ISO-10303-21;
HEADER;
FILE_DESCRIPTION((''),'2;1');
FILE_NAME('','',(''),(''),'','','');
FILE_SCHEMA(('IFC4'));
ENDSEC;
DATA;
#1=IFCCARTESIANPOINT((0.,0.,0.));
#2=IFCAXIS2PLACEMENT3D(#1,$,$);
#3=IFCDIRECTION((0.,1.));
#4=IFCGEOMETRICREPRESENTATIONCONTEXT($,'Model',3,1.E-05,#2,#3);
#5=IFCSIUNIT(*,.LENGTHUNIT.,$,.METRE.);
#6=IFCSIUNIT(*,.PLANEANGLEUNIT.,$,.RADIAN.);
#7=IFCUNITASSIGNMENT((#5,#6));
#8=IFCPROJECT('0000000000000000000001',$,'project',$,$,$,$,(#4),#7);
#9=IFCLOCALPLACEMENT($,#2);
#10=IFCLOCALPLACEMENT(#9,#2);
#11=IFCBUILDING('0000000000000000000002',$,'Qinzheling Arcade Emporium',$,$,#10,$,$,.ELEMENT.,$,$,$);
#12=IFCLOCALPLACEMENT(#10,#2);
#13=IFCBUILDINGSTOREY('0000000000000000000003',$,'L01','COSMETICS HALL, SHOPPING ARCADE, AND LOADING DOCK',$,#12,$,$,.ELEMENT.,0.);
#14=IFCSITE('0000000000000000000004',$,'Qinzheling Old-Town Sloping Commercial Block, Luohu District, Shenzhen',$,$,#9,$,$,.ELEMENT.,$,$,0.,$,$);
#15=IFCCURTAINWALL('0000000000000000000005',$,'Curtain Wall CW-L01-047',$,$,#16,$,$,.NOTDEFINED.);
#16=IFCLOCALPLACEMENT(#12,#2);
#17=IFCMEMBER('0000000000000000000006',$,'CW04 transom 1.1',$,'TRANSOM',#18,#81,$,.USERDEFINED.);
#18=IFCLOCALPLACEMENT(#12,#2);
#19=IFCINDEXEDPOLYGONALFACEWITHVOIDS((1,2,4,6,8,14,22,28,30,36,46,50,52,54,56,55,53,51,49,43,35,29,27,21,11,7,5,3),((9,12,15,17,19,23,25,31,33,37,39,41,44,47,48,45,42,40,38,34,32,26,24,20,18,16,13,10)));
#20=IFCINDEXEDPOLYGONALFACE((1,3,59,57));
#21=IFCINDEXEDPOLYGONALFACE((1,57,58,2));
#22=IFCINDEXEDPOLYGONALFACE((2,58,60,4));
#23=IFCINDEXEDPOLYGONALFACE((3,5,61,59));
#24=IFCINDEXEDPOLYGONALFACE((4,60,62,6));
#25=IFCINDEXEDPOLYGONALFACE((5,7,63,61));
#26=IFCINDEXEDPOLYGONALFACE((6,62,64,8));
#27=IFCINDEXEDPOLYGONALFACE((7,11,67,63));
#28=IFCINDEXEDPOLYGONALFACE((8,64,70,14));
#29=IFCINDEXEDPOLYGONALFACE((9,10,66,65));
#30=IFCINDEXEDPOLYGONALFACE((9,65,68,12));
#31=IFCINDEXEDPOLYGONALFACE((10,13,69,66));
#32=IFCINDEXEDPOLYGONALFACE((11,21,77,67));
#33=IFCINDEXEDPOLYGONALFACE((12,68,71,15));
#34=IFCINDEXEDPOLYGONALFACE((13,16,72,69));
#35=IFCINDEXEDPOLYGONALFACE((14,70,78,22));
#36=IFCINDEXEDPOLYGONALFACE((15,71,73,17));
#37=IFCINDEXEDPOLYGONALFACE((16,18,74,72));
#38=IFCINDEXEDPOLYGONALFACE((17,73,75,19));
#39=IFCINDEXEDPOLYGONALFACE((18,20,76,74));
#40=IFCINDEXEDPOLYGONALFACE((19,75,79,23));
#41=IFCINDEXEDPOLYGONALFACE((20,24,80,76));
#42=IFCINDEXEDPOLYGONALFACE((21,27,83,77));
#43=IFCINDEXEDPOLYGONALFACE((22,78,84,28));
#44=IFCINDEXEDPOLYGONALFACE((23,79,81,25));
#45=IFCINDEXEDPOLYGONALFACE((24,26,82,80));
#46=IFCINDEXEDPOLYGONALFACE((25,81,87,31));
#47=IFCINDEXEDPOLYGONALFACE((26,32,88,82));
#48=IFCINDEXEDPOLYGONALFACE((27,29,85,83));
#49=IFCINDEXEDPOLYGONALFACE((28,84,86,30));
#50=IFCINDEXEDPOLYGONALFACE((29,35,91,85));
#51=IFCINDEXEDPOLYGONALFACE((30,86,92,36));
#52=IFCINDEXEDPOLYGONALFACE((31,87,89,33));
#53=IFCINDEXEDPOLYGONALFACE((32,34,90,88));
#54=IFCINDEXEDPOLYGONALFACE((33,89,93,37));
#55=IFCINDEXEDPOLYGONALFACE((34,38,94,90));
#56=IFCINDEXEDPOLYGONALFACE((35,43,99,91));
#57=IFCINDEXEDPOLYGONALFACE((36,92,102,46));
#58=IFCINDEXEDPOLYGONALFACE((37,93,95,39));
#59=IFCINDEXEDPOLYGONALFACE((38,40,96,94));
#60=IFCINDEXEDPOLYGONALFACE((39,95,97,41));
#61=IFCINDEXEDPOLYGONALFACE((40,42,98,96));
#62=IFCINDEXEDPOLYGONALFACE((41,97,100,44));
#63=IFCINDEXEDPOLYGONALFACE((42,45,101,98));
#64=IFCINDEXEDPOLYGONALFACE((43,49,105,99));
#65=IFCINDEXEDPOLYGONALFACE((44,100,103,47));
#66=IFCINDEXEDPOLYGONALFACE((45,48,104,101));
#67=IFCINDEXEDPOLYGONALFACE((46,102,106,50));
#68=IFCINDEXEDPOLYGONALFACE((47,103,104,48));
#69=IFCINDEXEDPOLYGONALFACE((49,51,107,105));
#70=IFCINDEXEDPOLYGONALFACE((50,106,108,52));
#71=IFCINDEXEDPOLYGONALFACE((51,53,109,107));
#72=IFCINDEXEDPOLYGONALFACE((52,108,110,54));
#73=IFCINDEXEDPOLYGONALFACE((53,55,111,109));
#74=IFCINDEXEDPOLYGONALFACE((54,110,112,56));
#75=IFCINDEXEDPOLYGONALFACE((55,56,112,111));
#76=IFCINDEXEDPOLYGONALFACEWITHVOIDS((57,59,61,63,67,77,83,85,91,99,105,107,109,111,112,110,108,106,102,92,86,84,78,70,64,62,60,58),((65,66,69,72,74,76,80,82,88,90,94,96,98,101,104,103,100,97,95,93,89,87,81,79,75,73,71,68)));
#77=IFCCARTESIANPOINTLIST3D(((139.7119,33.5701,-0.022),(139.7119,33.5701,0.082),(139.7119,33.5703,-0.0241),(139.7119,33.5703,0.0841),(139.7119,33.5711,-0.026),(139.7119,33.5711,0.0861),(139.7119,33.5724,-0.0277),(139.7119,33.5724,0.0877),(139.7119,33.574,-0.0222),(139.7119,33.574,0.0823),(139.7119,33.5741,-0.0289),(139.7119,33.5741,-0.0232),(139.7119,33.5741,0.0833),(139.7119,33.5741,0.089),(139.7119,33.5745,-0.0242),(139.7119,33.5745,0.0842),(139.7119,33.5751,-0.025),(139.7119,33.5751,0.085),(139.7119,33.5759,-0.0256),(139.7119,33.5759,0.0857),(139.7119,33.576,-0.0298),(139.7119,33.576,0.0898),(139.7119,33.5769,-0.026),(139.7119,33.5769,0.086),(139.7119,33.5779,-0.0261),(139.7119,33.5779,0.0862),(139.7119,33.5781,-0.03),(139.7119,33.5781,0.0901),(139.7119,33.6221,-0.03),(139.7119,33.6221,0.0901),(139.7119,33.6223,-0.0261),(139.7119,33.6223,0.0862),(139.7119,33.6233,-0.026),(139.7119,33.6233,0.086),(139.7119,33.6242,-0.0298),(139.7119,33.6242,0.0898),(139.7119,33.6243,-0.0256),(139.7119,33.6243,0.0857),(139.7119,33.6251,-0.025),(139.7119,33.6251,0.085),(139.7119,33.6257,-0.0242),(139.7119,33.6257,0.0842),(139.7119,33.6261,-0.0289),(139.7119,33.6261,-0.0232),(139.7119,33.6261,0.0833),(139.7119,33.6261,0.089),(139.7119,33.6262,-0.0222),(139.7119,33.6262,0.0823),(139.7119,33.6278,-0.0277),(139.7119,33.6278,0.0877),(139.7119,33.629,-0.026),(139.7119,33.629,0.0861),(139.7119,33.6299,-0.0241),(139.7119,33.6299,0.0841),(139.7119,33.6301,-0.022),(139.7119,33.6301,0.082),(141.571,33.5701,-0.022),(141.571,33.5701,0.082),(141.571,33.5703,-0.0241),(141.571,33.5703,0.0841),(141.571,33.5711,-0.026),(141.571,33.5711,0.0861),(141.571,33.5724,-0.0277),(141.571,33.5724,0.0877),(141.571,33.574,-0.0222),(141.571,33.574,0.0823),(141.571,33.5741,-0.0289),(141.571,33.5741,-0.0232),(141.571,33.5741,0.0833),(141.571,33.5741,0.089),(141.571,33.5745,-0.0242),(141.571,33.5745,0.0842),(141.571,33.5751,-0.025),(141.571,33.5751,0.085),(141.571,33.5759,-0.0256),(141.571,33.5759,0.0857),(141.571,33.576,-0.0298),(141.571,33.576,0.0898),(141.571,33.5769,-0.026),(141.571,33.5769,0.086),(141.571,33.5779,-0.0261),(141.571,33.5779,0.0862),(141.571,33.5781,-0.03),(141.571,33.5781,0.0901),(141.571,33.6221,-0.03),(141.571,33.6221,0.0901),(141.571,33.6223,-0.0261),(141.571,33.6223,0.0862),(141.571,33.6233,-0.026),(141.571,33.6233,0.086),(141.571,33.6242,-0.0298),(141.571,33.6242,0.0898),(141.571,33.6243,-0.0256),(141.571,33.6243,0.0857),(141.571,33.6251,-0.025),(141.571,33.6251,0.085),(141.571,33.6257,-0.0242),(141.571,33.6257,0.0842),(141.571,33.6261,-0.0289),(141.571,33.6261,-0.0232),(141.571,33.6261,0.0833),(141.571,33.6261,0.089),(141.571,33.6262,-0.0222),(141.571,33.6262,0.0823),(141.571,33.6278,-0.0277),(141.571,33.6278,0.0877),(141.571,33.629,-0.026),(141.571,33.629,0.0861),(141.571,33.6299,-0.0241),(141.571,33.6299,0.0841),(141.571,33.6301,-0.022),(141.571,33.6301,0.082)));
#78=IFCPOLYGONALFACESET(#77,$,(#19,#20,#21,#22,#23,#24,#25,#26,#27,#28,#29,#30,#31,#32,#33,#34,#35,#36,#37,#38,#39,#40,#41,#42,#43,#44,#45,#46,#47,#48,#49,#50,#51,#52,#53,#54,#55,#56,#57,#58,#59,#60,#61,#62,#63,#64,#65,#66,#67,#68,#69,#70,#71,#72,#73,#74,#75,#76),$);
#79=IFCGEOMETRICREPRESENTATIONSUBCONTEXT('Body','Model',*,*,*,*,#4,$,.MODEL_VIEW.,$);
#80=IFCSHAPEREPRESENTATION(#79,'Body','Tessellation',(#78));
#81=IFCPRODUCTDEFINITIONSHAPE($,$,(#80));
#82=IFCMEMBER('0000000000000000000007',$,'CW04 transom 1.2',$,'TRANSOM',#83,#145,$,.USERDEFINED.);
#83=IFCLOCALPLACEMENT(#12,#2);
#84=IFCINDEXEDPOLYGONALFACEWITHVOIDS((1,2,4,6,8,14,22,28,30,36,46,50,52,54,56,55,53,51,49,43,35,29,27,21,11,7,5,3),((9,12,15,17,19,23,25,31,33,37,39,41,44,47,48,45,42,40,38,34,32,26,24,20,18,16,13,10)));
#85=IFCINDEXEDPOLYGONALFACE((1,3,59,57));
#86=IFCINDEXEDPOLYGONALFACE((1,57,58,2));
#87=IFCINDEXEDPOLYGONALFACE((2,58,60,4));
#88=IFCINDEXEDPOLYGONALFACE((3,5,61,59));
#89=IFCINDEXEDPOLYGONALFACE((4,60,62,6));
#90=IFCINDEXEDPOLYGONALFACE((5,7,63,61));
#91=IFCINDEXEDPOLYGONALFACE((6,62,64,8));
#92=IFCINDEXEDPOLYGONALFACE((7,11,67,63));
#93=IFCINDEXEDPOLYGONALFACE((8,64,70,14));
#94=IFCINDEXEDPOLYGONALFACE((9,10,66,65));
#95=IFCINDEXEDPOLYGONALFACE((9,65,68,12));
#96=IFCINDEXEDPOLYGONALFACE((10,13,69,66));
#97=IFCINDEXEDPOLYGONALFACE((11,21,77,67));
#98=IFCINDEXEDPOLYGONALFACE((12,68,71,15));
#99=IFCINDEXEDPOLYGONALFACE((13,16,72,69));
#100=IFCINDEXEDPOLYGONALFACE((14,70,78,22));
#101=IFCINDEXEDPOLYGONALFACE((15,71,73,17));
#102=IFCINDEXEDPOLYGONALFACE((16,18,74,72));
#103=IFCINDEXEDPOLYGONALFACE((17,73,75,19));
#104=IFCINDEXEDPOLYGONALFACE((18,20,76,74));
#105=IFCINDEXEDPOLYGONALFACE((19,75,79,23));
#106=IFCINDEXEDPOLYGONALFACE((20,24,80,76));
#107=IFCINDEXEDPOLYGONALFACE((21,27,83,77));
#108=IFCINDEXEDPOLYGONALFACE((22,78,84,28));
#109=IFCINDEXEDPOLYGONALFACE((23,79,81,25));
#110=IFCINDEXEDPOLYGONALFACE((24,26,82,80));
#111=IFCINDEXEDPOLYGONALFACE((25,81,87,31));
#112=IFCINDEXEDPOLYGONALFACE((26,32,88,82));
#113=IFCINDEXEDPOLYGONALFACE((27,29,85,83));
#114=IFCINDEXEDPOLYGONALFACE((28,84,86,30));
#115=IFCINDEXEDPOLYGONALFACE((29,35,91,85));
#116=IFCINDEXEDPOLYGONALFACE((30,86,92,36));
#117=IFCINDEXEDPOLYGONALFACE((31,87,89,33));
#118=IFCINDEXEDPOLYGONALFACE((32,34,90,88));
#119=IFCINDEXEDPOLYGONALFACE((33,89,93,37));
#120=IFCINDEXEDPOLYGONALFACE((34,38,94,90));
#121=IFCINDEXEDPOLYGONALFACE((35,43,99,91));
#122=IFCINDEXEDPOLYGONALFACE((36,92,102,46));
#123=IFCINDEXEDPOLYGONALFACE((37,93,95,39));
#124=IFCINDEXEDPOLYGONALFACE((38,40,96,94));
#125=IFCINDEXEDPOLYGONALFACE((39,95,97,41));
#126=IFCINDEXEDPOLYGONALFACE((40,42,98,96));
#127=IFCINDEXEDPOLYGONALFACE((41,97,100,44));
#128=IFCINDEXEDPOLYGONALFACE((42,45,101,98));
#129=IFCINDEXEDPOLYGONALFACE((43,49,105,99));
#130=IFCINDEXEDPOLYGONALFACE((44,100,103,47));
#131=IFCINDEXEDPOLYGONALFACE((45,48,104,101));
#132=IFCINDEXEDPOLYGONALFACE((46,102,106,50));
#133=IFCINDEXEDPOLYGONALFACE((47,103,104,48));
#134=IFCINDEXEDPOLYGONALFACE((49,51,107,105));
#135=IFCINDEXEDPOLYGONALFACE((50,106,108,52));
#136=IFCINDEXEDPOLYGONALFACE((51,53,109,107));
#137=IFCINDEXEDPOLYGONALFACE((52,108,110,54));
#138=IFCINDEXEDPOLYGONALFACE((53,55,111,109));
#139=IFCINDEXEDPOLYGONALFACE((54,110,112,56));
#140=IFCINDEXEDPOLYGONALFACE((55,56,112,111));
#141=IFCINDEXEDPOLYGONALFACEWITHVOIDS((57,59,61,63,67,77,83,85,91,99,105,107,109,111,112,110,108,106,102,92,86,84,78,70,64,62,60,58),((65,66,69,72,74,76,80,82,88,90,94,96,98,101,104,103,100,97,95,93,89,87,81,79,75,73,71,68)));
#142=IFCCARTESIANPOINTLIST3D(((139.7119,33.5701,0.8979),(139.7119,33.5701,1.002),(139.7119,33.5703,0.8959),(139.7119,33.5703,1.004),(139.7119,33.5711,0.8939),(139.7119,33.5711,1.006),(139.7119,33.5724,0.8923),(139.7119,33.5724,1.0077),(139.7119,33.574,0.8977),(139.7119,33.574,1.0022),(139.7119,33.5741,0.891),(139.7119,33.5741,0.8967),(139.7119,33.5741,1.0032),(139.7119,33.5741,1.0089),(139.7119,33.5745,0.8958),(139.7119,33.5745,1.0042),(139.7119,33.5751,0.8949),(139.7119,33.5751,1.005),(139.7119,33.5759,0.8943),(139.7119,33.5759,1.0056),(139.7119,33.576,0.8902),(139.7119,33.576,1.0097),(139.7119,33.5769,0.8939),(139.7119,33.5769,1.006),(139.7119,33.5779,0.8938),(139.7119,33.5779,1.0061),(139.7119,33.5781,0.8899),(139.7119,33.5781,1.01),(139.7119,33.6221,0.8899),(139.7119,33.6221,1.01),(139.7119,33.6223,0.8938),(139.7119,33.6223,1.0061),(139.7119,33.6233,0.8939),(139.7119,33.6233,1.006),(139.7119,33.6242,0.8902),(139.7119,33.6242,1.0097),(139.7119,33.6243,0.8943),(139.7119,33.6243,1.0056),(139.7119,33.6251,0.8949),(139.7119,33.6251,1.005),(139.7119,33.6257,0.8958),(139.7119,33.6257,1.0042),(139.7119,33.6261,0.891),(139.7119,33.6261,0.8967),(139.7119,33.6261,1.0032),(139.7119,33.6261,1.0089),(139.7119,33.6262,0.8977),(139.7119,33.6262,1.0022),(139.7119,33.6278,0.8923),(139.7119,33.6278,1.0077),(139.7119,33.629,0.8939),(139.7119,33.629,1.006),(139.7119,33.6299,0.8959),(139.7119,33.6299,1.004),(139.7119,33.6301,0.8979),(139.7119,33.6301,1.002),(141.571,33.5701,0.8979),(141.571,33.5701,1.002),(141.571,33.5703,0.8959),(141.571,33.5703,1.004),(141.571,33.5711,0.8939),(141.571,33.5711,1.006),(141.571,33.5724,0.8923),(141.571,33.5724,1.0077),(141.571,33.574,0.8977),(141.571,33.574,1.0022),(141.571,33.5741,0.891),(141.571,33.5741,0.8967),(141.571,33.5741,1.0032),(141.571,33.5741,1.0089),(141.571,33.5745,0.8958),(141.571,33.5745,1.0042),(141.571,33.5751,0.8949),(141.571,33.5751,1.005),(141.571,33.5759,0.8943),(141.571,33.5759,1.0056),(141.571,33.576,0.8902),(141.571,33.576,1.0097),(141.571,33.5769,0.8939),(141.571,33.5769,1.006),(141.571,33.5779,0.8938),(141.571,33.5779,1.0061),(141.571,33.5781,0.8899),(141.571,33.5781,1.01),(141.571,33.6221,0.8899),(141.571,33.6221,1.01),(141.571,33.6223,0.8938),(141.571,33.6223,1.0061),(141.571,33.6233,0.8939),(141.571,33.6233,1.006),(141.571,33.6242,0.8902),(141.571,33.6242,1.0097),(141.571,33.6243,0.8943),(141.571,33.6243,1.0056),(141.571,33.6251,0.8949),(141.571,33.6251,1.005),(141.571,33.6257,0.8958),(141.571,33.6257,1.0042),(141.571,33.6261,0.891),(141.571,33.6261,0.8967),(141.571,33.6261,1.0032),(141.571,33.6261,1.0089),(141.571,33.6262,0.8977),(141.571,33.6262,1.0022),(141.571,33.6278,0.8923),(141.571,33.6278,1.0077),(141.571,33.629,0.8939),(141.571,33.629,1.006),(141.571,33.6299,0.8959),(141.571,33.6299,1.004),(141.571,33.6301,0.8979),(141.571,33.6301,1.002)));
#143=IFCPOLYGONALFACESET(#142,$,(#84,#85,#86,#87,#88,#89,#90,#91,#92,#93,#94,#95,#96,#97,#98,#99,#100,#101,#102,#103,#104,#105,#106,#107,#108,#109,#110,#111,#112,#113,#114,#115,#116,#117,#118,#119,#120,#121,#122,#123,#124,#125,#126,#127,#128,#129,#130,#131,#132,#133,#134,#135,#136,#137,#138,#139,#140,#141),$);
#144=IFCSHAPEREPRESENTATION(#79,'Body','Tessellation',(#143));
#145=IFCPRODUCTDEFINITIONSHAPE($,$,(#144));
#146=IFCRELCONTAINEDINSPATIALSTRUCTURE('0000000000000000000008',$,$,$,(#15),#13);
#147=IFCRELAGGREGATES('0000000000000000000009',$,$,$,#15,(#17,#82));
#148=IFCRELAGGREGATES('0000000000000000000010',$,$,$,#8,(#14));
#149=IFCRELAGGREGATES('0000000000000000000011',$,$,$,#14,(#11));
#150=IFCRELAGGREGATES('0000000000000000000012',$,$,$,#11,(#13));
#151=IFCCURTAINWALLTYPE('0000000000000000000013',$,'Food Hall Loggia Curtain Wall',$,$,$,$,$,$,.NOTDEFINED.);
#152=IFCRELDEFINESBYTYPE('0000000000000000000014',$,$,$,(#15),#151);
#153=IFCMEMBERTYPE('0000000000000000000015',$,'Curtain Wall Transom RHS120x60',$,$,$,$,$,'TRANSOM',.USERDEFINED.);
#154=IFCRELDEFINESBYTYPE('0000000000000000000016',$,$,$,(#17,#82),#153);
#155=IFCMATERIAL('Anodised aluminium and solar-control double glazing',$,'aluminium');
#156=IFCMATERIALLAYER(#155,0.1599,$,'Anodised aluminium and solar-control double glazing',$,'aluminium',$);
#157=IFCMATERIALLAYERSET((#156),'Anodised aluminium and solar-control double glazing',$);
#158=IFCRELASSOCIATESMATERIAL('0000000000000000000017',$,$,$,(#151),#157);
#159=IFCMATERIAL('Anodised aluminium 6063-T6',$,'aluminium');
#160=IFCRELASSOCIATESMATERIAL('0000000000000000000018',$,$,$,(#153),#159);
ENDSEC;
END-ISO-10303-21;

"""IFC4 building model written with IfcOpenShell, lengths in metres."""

from ifc_helpers import new_model, si_unit, direction, frame, origin, origin_2d, place, context, subcontext, project, spatial, hollow_rectangle, extrude, material, layer, layer_set, material_profile, profile_set, type_object, element, aggregate, save


model = new_model("IFC4")

# Units and contexts
model_context = context("Model", 3, precision=1e-05, world=origin(), true_north=direction((0.0, 1.0)))
body_context = subcontext(model_context, "Body", "Model", "MODEL_VIEW")
ifc_project = project(units=[si_unit("LENGTHUNIT", "METRE"), si_unit("PLANEANGLEUNIT", "RADIAN")], contexts=[model_context])

# Site, building, storey
site_placement = place(None, origin())
site = spatial("IfcSite", under=ifc_project, at=site_placement, Name="Qinzheling Old-Town Sloping Commercial Block, Luohu District, Shenzhen", CompositionType="ELEMENT", RefElevation=0.0)
building_placement = place(site_placement, origin())
building = spatial("IfcBuilding", under=site, at=building_placement, Name="Qinzheling Arcade Emporium", CompositionType="ELEMENT")
storey_placement = place(building_placement, origin())
storey = spatial("IfcBuildingStorey", under=building, at=storey_placement, Name="L01", Description="COSMETICS HALL, SHOPPING ARCADE, AND LOADING DOCK", CompositionType="ELEMENT", Elevation=0.0)

# Curtain wall, members
ifc_material_1 = material(Name="Anodised aluminium and solar-control double glazing", Category="aluminium")
ifc_layer_1 = layer(ifc_material_1, 0.1599, Name="Anodised aluminium and solar-control double glazing", Category="aluminium")
ifc_layer_set_1 = layer_set([ifc_layer_1], Name="Anodised aluminium and solar-control double glazing")
curtain_wall_type = type_object("IfcCurtainWallType", Name="Food Hall Loggia Curtain Wall", PredefinedType="NOTDEFINED", material=ifc_layer_set_1)
curtain_wall_placement = place(storey_placement, origin())
curtain_wall = element("IfcCurtainWall", 1, at=curtain_wall_placement, inside=storey, type_object=curtain_wall_type, Name="Curtain Wall CW-L01-047", PredefinedType="NOTDEFINED")
ifc_material_2 = material(Name="Anodised aluminium 6063-T6", Category="aluminium")
ifc_material_profile_1 = material_profile(ifc_material_2, hollow_rectangle(XDim=0.0601, YDim=0.1201, WallThickness=0.0039, InnerFilletRadius=0.0039, OuterFilletRadius=0.0081, at=origin_2d()), Name="RHS 120x60x4", Category="aluminium")
ifc_profile_set_1 = profile_set([ifc_material_profile_1], Name="Anodised aluminium 6063-T6")
member_type_1 = type_object("IfcMemberType", Name="Curtain Wall Transom RHS120x60", ElementType="TRANSOM", PredefinedType="USERDEFINED", material=ifc_profile_set_1)
member_1_placement = place(storey_placement, frame((139.7119, 33.6001, 0.03), z_axis=(1.0, 0.0, 0.0), x_axis=(0.0, 1.0, 0.0)))
member_1 = element("IfcMember", 2, at=member_1_placement, type_object=member_type_1, Name="CW04 transom 1.1", ObjectType="TRANSOM", PredefinedType="USERDEFINED", context=body_context, shape_type="SweptSolid", body=[
    extrude(hollow_rectangle(XDim=0.0601, YDim=0.1201, WallThickness=0.0039, InnerFilletRadius=0.0039, OuterFilletRadius=0.0081, at=origin_2d()), origin(), (0.0, 0.0, 1.0), 1.8591),
])
member_2_placement = place(storey_placement, frame((139.7119, 33.6001, 0.95), z_axis=(1.0, 0.0, 0.0), x_axis=(0.0, 1.0, 0.0)))
member_2 = element("IfcMember", 3, at=member_2_placement, type_object=member_type_1, Name="CW04 transom 1.2", ObjectType="TRANSOM", PredefinedType="USERDEFINED", context=body_context, shape_type="SweptSolid", body=[
    extrude(hollow_rectangle(XDim=0.0601, YDim=0.1201, WallThickness=0.0039, InnerFilletRadius=0.0039, OuterFilletRadius=0.0081, at=origin_2d()), origin(), (0.0, 0.0, 1.0), 1.8591),
])

aggregate(curtain_wall, [member_1, member_2])

save(model, "model.ifc")
